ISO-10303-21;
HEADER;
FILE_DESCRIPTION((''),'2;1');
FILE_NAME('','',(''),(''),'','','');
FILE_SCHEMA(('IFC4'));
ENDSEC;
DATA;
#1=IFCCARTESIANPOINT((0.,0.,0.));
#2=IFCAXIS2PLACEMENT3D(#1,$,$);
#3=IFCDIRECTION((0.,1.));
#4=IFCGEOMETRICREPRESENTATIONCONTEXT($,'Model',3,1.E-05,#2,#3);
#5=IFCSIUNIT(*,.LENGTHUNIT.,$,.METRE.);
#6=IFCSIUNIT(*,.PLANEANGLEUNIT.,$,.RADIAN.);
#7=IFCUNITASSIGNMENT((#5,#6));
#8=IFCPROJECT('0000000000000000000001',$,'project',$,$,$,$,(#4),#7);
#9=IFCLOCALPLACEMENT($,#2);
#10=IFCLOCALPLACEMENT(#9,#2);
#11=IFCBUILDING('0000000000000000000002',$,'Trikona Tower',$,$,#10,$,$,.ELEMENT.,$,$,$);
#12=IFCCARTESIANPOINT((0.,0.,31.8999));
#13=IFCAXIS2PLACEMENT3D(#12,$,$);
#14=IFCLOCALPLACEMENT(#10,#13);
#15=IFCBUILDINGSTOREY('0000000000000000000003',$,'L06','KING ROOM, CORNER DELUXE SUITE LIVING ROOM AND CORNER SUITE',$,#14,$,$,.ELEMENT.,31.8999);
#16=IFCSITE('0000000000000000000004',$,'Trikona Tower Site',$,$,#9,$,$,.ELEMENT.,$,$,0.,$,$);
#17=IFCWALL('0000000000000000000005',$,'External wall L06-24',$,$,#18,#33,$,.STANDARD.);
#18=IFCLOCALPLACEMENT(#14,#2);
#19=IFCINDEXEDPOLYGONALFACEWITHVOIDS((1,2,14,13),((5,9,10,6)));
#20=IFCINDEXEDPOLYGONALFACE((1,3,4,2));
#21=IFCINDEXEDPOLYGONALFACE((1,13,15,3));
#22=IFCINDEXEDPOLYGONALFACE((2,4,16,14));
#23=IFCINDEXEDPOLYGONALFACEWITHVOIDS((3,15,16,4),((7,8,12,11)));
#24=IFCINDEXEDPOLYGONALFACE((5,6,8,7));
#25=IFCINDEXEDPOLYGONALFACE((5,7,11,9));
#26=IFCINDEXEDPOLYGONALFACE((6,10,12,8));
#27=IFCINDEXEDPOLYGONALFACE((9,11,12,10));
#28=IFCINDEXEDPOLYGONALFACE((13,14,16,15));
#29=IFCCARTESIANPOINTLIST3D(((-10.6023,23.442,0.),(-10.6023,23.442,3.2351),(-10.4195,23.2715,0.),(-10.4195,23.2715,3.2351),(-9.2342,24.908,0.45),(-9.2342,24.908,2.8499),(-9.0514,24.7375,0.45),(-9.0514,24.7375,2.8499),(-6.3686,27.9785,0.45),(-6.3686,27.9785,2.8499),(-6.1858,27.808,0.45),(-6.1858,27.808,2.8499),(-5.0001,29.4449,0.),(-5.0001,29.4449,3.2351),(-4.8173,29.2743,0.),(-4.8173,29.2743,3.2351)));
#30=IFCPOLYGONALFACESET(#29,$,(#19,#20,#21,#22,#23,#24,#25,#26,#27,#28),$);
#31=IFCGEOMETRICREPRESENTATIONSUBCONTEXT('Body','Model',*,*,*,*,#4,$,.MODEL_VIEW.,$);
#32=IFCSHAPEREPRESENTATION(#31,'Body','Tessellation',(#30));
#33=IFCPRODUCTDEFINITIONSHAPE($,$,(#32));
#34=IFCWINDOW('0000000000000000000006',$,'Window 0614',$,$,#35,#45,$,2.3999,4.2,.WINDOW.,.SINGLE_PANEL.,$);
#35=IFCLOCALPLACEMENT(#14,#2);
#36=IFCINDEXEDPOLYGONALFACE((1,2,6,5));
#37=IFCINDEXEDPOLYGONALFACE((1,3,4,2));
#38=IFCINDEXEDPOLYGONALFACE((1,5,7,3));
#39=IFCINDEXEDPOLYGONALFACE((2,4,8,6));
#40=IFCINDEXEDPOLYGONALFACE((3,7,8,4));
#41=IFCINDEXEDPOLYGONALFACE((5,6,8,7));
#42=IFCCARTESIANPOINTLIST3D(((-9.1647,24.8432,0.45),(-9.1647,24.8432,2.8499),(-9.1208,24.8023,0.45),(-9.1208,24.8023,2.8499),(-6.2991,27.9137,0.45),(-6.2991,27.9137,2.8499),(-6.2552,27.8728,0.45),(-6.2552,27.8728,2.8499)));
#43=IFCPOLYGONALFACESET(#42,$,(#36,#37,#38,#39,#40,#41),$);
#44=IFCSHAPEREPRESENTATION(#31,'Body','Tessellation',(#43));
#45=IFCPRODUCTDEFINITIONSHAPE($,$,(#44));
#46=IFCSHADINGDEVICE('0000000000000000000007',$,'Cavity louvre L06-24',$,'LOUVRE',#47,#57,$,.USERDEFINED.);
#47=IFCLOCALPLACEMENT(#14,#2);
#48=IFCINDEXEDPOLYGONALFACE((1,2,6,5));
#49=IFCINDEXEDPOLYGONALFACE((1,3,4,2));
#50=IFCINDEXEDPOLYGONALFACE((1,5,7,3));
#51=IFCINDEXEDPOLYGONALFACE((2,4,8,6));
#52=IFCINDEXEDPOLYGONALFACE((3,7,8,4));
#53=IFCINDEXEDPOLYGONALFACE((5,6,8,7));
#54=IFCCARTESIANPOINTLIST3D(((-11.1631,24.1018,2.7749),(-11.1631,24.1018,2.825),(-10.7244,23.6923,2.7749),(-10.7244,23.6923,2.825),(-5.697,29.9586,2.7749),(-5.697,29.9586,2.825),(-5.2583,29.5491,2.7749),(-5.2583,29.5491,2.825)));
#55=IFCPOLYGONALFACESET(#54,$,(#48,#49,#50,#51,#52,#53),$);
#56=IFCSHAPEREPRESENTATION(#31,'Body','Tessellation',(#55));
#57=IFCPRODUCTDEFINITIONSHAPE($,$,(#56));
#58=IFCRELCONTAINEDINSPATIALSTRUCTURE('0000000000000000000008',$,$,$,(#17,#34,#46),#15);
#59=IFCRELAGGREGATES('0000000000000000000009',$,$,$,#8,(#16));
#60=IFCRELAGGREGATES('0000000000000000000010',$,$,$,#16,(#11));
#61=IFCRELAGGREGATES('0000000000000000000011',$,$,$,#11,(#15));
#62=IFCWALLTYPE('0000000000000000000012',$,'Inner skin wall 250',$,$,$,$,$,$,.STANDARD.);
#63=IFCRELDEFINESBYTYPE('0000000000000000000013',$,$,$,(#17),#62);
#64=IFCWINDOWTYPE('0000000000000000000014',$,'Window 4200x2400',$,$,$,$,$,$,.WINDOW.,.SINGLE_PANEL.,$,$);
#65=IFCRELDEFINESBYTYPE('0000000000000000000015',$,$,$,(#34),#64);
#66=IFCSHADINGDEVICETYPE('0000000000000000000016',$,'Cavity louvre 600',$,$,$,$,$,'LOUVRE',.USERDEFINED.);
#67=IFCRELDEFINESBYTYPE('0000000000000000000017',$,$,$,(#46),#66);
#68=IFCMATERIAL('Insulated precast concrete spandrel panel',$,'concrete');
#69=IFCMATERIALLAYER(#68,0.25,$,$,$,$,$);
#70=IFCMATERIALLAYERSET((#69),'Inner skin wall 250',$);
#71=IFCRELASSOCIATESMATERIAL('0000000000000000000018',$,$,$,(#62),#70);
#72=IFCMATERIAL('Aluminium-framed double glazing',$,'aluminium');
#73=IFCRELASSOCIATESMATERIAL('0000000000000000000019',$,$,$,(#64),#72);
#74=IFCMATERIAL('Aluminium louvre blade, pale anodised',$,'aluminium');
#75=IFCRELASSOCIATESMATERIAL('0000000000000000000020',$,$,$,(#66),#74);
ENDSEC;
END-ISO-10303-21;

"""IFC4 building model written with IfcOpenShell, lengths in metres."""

from ifc_helpers import new_model, si_unit, direction, frame, frame_2d, origin, origin_2d, place, context, subcontext, project, spatial, rectangle, extrude, material, layer, layer_set, type_object, element, fill, save


model = new_model("IFC4")

# Units and contexts
model_context = context("Model", 3, precision=1e-05, world=origin(), true_north=direction((0.0, 1.0)))
body_context = subcontext(model_context, "Body", "Model", "MODEL_VIEW")
ifc_project = project(units=[si_unit("LENGTHUNIT", "METRE"), si_unit("PLANEANGLEUNIT", "RADIAN")], contexts=[model_context])

# Site, building, storey
site_placement = place(None, origin())
site = spatial("IfcSite", under=ifc_project, at=site_placement, Name="Trikona Tower Site", CompositionType="ELEMENT", RefElevation=0.0)
building_placement = place(site_placement, origin())
building = spatial("IfcBuilding", under=site, at=building_placement, Name="Trikona Tower", CompositionType="ELEMENT")
storey_placement = place(building_placement, frame((0.0, 0.0, 31.8999)))
storey = spatial("IfcBuildingStorey", under=building, at=storey_placement, Name="L06", Description="KING ROOM, CORNER DELUXE SUITE LIVING ROOM AND CORNER SUITE", CompositionType="ELEMENT", Elevation=31.8999)

# Wall, opening, window
ifc_material_1 = material(Name="Insulated precast concrete spandrel panel", Category="concrete")
ifc_layer_1 = layer(ifc_material_1, 0.25)
ifc_layer_set_1 = layer_set([ifc_layer_1], Name="Inner skin wall 250")
wall_type_1 = type_object("IfcWallType", Name="Inner skin wall 250", PredefinedType="STANDARD", material=ifc_layer_set_1)
wall_1_placement = place(storey_placement, frame((-4.9087, 29.3596, 0.0), z_axis=(0.0, 0.0, 1.0), x_axis=(-0.68229, -0.731082, 0.0)))
wall_1 = element("IfcWall", 1, at=wall_1_placement, inside=storey, type_object=wall_type_1, Name="External wall L06-24", PredefinedType="STANDARD", context=body_context, shape_type="SweptSolid", body=[
    extrude(rectangle(XDim=8.2109, YDim=0.25, at=frame_2d((4.1055, 0.0))), origin(), (0.0, 0.0, 1.0), 3.2351),
])
opening_1_placement = place(wall_1_placement, frame((2.0056, 0.0, 0.45)))
opening_1 = element("IfcOpeningElement", 2, at=opening_1_placement, cuts=wall_1, PredefinedType="OPENING", context=body_context, shape_type="SweptSolid", body=[
    extrude(rectangle(XDim=4.2, YDim=2.3999, at=frame_2d((2.1001, 1.2))), frame((0.0, 0.135, 0.0), z_axis=(0.0, -1.0, 0.0), x_axis=(1.0, 0.0, 0.0)), (0.0, 0.0, 1.0), 0.27),
])
ifc_material_2 = material(Name="Aluminium-framed double glazing", Category="aluminium")
window_type_1 = type_object("IfcWindowType", Name="Window 4200x2400", PartitioningType="SINGLE_PANEL", PredefinedType="WINDOW", material=ifc_material_2)
window_1_placement = place(opening_1_placement, origin())
window_1 = element("IfcWindow", 3, at=window_1_placement, inside=storey, type_object=window_type_1, Name="Window 0614", OverallHeight=2.3999, OverallWidth=4.2, PartitioningType="SINGLE_PANEL", PredefinedType="WINDOW", context=body_context, shape_type="SweptSolid", body=[
    extrude(rectangle(XDim=4.2, YDim=2.3999, at=frame_2d((2.1001, 1.2))), frame((0.0, 0.03, 0.0), z_axis=(0.0, -1.0, 0.0), x_axis=(1.0, 0.0, 0.0)), (0.0, 0.0, 1.0), 0.0601),
])
fill(opening_1, window_1)

# Shading device
ifc_material_3 = material(Name="Aluminium louvre blade, pale anodised", Category="aluminium")
shading_device_type = type_object("IfcShadingDeviceType", Name="Cavity louvre 600", ElementType="LOUVRE", PredefinedType="USERDEFINED", material=ifc_material_3)
shading_device_placement = place(storey_placement, frame((-8.2107, 26.8254, 2.7749), z_axis=(0.0, 0.0, 1.0), x_axis=(-0.682298, -0.731074, 0.0)))
element("IfcShadingDevice", 4, at=shading_device_placement, inside=storey, type_object=shading_device_type, Name="Cavity louvre L06-24", ObjectType="LOUVRE", PredefinedType="USERDEFINED", context=body_context, shape_type="SweptSolid", body=[
    extrude(rectangle(XDim=8.0112, YDim=0.6001, at=origin_2d()), origin(), (0.0, 0.0, 1.0), 0.05),
])

save(model, "model.ifc")
